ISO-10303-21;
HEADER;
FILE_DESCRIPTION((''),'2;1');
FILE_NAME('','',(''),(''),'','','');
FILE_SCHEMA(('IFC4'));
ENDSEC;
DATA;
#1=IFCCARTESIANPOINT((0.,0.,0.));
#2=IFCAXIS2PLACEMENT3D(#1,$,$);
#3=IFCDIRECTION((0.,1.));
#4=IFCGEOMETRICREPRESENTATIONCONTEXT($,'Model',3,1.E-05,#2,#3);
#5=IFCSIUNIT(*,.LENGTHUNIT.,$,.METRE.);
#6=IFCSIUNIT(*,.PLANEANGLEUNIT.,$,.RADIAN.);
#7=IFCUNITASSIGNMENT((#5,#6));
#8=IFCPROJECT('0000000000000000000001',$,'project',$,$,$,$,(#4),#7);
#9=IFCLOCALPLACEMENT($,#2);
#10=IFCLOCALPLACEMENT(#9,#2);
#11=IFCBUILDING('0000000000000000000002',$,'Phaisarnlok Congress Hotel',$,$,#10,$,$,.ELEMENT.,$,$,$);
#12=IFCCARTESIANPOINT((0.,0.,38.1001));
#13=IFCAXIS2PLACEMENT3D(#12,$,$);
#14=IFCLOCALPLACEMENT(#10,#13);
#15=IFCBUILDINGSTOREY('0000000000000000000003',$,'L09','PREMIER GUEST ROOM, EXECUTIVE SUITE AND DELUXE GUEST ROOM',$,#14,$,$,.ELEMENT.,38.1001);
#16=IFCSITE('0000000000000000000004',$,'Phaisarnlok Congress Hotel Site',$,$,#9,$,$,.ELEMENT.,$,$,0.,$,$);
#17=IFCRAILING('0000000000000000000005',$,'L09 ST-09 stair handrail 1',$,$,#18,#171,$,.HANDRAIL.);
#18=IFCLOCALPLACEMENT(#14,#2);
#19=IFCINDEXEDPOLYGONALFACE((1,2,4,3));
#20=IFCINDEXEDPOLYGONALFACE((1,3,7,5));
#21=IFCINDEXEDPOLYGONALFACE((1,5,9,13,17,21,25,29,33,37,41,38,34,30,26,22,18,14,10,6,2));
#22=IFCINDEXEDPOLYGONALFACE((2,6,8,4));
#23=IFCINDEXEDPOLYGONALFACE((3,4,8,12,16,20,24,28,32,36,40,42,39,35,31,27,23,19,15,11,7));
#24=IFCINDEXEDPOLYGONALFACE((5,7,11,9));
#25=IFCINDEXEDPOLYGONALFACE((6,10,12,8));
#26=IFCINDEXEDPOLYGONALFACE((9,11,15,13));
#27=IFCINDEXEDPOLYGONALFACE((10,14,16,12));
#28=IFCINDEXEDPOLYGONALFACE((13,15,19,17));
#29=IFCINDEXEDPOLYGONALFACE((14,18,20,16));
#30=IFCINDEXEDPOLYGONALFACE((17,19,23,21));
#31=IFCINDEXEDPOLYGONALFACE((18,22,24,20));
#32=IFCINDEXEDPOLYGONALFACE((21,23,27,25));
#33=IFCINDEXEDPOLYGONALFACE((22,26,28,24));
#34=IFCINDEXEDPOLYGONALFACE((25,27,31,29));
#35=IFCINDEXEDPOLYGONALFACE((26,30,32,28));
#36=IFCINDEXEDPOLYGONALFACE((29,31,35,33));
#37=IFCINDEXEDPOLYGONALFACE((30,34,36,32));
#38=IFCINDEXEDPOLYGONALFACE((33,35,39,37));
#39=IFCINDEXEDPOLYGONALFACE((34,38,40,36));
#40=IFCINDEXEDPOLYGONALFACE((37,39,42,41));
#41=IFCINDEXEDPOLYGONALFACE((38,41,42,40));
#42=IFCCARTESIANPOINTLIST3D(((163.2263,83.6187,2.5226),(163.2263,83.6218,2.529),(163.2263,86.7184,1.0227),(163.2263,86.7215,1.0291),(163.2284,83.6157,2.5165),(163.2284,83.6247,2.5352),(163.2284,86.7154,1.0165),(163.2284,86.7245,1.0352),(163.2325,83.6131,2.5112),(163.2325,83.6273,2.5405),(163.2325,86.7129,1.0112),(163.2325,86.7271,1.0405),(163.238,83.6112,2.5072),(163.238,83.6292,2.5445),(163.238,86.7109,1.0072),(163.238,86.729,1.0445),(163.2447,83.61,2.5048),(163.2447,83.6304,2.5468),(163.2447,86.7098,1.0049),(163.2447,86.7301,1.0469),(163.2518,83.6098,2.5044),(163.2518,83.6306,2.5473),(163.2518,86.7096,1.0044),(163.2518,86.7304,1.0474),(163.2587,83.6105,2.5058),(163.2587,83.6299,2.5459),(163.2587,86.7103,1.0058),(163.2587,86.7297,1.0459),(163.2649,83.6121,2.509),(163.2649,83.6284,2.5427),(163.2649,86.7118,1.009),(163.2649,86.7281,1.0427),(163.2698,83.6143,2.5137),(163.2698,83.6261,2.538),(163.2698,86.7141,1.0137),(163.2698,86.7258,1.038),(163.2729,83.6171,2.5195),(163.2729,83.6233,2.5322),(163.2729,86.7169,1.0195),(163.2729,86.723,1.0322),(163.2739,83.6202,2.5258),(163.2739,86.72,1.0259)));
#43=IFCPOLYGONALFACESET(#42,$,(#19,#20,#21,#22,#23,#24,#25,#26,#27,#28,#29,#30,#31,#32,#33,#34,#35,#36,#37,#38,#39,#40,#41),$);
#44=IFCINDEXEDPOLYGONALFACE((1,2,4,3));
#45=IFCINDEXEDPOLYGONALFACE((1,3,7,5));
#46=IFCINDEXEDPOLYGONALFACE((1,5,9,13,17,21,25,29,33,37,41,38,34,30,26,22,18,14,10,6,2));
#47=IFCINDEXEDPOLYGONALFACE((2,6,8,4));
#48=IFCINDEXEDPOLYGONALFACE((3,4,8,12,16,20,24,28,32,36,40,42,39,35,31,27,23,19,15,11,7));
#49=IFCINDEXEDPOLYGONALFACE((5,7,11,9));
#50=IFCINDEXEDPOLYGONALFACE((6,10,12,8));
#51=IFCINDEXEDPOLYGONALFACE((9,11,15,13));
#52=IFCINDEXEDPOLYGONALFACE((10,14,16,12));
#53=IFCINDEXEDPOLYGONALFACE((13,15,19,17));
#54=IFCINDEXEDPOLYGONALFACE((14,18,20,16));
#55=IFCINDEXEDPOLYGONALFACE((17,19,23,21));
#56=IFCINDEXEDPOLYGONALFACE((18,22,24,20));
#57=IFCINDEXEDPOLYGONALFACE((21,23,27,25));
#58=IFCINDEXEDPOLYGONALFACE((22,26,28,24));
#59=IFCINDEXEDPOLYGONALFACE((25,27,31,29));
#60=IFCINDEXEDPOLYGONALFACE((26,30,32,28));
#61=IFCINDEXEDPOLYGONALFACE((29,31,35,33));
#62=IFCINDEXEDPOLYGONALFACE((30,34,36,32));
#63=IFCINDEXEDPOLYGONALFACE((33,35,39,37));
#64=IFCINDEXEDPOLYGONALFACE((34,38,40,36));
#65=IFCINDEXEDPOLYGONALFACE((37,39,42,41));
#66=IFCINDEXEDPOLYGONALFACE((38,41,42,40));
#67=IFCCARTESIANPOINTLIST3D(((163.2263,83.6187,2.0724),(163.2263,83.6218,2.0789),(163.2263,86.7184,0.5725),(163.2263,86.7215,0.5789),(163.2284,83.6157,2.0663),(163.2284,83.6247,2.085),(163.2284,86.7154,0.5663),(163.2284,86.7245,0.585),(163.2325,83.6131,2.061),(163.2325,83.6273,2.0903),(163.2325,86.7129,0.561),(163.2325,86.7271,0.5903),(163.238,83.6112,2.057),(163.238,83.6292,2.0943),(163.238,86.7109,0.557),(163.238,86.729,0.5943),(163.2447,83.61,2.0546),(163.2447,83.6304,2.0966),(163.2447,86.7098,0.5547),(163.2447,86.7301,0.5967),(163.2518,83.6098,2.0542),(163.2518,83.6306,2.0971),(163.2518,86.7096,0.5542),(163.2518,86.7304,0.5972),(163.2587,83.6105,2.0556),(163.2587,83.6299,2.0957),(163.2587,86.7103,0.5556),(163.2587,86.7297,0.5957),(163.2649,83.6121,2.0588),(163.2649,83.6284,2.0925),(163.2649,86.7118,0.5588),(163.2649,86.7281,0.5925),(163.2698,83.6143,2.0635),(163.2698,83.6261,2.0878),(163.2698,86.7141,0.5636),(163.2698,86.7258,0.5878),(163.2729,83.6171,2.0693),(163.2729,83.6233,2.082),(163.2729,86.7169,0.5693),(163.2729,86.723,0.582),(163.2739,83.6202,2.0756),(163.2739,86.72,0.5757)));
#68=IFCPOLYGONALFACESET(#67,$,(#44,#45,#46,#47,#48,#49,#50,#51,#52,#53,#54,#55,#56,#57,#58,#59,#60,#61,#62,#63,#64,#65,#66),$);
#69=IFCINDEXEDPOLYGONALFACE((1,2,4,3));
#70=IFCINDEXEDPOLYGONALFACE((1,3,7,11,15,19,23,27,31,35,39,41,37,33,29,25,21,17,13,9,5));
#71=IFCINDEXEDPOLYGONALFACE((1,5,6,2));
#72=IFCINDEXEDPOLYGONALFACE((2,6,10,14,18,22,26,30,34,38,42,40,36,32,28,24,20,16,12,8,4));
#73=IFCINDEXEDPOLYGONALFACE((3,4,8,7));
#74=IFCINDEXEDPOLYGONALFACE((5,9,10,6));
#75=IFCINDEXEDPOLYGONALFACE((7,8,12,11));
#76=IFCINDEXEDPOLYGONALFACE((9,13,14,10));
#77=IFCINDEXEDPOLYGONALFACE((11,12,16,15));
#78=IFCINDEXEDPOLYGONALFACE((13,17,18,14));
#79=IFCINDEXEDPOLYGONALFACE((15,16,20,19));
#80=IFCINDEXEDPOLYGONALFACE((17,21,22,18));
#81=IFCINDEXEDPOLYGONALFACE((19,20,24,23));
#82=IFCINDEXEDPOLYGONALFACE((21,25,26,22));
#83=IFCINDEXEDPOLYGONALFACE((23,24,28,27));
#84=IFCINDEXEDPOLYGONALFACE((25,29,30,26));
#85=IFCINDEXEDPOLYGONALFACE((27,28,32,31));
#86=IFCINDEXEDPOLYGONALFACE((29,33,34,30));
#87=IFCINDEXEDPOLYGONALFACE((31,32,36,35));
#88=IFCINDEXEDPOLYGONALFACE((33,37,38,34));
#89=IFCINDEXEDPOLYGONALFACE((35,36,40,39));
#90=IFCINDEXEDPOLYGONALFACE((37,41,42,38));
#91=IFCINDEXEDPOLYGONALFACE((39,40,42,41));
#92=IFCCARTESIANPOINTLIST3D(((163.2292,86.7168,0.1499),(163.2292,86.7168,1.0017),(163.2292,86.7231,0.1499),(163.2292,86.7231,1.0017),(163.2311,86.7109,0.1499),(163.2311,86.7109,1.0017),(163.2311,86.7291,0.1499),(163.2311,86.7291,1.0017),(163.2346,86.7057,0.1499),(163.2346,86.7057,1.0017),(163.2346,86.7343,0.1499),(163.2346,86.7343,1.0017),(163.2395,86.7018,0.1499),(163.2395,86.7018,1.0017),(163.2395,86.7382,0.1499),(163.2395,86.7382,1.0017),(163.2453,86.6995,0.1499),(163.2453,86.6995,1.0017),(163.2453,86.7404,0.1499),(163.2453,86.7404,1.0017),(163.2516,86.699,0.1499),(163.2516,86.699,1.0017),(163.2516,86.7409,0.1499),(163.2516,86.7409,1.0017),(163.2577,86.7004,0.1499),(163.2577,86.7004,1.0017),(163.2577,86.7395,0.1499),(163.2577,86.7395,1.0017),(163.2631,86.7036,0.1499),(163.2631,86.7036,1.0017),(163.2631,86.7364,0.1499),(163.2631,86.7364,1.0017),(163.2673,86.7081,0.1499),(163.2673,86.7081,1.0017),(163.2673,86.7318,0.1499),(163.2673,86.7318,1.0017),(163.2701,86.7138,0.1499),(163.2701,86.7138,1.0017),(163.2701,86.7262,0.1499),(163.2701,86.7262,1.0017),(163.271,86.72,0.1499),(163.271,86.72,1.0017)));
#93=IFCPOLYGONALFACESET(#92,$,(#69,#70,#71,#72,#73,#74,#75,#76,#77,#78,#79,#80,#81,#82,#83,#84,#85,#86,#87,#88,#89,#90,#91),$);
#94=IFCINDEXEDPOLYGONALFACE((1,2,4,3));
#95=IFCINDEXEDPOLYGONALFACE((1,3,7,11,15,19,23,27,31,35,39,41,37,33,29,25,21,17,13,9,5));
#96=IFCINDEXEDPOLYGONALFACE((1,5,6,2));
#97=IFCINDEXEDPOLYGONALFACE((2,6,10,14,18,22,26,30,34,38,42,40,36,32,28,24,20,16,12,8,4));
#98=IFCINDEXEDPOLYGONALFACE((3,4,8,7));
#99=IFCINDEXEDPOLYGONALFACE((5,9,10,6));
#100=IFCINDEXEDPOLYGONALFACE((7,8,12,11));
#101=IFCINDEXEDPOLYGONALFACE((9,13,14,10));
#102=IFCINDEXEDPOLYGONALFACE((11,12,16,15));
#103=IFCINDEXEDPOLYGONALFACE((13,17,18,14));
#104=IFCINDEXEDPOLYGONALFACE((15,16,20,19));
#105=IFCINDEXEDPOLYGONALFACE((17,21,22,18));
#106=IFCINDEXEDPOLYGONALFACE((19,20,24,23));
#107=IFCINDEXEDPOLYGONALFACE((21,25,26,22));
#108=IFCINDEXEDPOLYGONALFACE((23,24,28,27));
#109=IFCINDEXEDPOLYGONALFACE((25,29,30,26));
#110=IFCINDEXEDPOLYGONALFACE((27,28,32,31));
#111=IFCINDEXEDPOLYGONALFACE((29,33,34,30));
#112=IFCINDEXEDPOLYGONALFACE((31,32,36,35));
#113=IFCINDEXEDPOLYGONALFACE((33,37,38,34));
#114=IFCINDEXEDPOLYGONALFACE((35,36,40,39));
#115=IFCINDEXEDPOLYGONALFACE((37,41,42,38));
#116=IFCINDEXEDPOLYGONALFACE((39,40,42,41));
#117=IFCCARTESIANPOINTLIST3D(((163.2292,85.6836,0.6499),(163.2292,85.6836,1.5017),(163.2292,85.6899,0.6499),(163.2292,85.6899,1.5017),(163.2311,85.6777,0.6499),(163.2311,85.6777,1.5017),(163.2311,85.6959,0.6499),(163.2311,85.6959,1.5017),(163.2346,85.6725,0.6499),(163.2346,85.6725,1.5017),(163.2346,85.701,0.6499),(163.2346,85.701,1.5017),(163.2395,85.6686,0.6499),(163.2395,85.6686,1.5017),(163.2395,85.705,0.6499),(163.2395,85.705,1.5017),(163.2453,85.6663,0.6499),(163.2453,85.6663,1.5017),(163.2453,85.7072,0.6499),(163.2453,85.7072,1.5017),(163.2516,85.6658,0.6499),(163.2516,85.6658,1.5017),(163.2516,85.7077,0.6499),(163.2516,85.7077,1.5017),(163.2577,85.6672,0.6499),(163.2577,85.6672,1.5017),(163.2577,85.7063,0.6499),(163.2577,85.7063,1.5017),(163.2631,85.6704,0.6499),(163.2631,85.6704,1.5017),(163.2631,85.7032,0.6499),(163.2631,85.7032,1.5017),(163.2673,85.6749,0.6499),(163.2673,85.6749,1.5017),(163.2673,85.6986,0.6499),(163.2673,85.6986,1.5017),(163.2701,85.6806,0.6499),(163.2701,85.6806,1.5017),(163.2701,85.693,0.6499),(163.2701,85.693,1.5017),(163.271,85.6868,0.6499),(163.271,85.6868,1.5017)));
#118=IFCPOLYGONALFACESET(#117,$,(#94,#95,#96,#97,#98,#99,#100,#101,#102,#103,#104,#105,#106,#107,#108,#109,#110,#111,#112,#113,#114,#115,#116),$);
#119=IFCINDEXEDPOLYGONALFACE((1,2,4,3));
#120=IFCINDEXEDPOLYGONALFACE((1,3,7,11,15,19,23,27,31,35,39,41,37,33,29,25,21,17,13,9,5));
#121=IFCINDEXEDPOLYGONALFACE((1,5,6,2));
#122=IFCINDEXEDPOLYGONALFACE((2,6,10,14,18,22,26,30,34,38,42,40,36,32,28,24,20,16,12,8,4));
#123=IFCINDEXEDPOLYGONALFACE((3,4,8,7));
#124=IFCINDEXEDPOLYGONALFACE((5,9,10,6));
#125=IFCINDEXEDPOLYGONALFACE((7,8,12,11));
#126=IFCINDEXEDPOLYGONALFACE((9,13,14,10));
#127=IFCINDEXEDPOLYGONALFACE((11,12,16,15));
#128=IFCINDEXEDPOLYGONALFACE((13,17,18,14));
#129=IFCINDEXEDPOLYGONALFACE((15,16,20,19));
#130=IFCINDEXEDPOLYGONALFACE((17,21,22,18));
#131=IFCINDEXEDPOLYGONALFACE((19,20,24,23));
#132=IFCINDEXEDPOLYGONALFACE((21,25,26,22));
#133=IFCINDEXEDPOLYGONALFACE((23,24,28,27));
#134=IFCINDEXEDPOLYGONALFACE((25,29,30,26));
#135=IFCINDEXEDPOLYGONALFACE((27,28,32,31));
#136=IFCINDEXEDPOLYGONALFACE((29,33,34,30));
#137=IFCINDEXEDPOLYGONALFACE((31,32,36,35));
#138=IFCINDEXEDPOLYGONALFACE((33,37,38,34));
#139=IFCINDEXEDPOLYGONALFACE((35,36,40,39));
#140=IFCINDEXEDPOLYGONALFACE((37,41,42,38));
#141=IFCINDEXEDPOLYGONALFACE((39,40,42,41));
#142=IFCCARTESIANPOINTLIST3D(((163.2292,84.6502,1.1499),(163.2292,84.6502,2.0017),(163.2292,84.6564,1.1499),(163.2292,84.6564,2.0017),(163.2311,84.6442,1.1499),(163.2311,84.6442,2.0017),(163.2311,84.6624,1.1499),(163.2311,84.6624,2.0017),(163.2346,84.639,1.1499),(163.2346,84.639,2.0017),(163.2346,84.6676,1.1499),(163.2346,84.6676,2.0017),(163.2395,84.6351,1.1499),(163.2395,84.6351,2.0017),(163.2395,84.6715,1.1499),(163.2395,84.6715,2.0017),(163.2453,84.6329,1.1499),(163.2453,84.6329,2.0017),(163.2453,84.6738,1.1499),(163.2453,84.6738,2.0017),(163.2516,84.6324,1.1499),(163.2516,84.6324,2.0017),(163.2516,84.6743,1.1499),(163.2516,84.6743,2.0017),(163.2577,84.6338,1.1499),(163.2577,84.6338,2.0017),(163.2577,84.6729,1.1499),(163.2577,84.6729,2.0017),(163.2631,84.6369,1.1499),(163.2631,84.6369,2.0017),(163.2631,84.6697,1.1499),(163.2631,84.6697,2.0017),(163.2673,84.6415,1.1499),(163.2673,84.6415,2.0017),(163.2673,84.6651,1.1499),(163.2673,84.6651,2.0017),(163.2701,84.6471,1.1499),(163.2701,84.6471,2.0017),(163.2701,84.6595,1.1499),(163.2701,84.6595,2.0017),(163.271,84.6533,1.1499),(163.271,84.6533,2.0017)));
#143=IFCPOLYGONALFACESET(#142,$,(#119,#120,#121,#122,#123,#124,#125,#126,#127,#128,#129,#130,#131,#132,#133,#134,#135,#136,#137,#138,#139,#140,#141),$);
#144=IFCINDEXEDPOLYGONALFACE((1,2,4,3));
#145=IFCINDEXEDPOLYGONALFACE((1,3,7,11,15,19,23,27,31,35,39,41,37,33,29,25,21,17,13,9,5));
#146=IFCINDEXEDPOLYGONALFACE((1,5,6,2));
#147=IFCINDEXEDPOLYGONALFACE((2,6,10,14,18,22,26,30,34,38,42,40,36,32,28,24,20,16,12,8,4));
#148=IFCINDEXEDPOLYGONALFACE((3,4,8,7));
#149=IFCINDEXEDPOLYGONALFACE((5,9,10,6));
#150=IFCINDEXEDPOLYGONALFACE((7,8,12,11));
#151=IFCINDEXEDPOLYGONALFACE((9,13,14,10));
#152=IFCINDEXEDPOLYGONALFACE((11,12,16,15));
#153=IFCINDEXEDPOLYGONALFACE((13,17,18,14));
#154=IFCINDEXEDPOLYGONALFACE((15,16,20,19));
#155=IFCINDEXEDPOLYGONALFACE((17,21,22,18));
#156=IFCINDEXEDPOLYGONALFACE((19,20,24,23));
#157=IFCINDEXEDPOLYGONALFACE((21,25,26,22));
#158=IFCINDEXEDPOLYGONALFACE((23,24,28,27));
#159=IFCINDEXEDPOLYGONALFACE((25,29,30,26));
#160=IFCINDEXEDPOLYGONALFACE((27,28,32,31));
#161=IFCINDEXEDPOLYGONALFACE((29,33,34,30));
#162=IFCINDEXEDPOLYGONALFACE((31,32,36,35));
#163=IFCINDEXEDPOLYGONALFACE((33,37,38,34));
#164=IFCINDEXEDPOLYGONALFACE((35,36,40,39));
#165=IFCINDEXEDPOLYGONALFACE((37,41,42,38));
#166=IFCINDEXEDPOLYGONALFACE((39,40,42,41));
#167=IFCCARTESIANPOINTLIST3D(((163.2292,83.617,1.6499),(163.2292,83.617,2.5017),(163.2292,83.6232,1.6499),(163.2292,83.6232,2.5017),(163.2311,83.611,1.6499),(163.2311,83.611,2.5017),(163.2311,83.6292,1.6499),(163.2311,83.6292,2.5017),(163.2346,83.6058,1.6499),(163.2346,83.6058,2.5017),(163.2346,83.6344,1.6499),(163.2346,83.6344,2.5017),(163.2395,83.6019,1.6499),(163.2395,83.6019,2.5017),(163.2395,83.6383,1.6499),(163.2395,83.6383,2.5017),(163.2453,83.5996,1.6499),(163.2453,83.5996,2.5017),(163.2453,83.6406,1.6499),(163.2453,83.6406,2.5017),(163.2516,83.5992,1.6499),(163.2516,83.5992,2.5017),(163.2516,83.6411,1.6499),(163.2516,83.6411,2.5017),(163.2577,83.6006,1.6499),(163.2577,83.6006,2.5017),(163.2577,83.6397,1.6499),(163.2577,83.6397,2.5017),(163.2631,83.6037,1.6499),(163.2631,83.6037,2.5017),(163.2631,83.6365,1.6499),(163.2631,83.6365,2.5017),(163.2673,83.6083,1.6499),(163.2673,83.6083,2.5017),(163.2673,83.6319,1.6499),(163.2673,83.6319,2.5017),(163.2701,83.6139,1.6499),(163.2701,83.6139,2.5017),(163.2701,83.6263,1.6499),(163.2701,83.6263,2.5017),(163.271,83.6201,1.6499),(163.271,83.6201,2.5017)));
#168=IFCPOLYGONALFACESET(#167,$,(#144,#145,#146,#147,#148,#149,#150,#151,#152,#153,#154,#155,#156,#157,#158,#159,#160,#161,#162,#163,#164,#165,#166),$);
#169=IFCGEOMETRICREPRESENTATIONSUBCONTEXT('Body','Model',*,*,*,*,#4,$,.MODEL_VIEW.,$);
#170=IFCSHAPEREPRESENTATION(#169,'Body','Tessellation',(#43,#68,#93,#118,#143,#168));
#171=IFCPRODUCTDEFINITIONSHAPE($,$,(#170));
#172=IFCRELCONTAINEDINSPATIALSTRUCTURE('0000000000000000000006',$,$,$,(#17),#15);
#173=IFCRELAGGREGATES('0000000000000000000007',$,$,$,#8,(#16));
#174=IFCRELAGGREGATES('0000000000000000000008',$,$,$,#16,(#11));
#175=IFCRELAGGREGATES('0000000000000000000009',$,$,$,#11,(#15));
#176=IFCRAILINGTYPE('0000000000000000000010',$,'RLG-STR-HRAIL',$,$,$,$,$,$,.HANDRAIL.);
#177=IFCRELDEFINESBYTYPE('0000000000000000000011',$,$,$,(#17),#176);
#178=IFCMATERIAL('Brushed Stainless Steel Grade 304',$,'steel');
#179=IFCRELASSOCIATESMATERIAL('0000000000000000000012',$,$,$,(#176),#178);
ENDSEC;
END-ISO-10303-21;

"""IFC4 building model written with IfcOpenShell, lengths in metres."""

from ifc_helpers import new_model, si_unit, direction, frame, origin, origin_2d, place, context, subcontext, project, spatial, circle, extrude, material, type_object, element, save


model = new_model("IFC4")

# Units and contexts
model_context = context("Model", 3, precision=1e-05, world=origin(), true_north=direction((0.0, 1.0)))
body_context = subcontext(model_context, "Body", "Model", "MODEL_VIEW")
ifc_project = project(units=[si_unit("LENGTHUNIT", "METRE"), si_unit("PLANEANGLEUNIT", "RADIAN")], contexts=[model_context])

# Site, building, storey
site_placement = place(None, origin())
site = spatial("IfcSite", under=ifc_project, at=site_placement, Name="Phaisarnlok Congress Hotel Site", CompositionType="ELEMENT", RefElevation=0.0)
building_placement = place(site_placement, origin())
building = spatial("IfcBuilding", under=site, at=building_placement, Name="Phaisarnlok Congress Hotel", CompositionType="ELEMENT")
storey_placement = place(building_placement, frame((0.0, 0.0, 38.1001)))
storey = spatial("IfcBuildingStorey", under=building, at=storey_placement, Name="L09", Description="PREMIER GUEST ROOM, EXECUTIVE SUITE AND DELUXE GUEST ROOM", CompositionType="ELEMENT", Elevation=38.1001)

# Shared definitions
ifc_material_1 = material(Name="Brushed Stainless Steel Grade 304", Category="steel")

# Railing
railing_type_1 = type_object("IfcRailingType", Name="RLG-STR-HRAIL", PredefinedType="HANDRAIL", material=ifc_material_1)
railing_1_placement = place(storey_placement, frame((163.25, 86.72, 0.1499)))
element("IfcRailing", 1, at=railing_1_placement, inside=storey, type_object=railing_type_1, Name="L09 ST-09 stair handrail 1", PredefinedType="HANDRAIL", context=body_context, shape_type="SweptSolid", body=[
    extrude(circle(Radius=0.0239, at=origin_2d()), frame((0.0, 0.0, 0.876), z_axis=(0.0, -0.900151, 0.435578), x_axis=(1.0, 0.0, 0.0)), (0.0, 0.0, 1.0), 3.4436),
    extrude(circle(Radius=0.0239, at=origin_2d()), frame((0.0, 0.0, 0.4258), z_axis=(0.0, -0.900151, 0.435578), x_axis=(1.0, 0.0, 0.0)), (0.0, 0.0, 1.0), 3.4436),
    extrude(circle(Radius=0.021, at=origin_2d()), origin(), (0.0, 0.0, 1.0), 0.8518),
    extrude(circle(Radius=0.021, at=origin_2d()), frame((0.0, -1.0332, 0.5)), (0.0, 0.0, 1.0), 0.8518),
    extrude(circle(Radius=0.021, at=origin_2d()), frame((0.0, -2.0667, 1.0)), (0.0, 0.0, 1.0), 0.8518),
    extrude(circle(Radius=0.021, at=origin_2d()), frame((0.0, -3.0999, 1.5)), (0.0, 0.0, 1.0), 0.8518),
])

save(model, "model.ifc")
